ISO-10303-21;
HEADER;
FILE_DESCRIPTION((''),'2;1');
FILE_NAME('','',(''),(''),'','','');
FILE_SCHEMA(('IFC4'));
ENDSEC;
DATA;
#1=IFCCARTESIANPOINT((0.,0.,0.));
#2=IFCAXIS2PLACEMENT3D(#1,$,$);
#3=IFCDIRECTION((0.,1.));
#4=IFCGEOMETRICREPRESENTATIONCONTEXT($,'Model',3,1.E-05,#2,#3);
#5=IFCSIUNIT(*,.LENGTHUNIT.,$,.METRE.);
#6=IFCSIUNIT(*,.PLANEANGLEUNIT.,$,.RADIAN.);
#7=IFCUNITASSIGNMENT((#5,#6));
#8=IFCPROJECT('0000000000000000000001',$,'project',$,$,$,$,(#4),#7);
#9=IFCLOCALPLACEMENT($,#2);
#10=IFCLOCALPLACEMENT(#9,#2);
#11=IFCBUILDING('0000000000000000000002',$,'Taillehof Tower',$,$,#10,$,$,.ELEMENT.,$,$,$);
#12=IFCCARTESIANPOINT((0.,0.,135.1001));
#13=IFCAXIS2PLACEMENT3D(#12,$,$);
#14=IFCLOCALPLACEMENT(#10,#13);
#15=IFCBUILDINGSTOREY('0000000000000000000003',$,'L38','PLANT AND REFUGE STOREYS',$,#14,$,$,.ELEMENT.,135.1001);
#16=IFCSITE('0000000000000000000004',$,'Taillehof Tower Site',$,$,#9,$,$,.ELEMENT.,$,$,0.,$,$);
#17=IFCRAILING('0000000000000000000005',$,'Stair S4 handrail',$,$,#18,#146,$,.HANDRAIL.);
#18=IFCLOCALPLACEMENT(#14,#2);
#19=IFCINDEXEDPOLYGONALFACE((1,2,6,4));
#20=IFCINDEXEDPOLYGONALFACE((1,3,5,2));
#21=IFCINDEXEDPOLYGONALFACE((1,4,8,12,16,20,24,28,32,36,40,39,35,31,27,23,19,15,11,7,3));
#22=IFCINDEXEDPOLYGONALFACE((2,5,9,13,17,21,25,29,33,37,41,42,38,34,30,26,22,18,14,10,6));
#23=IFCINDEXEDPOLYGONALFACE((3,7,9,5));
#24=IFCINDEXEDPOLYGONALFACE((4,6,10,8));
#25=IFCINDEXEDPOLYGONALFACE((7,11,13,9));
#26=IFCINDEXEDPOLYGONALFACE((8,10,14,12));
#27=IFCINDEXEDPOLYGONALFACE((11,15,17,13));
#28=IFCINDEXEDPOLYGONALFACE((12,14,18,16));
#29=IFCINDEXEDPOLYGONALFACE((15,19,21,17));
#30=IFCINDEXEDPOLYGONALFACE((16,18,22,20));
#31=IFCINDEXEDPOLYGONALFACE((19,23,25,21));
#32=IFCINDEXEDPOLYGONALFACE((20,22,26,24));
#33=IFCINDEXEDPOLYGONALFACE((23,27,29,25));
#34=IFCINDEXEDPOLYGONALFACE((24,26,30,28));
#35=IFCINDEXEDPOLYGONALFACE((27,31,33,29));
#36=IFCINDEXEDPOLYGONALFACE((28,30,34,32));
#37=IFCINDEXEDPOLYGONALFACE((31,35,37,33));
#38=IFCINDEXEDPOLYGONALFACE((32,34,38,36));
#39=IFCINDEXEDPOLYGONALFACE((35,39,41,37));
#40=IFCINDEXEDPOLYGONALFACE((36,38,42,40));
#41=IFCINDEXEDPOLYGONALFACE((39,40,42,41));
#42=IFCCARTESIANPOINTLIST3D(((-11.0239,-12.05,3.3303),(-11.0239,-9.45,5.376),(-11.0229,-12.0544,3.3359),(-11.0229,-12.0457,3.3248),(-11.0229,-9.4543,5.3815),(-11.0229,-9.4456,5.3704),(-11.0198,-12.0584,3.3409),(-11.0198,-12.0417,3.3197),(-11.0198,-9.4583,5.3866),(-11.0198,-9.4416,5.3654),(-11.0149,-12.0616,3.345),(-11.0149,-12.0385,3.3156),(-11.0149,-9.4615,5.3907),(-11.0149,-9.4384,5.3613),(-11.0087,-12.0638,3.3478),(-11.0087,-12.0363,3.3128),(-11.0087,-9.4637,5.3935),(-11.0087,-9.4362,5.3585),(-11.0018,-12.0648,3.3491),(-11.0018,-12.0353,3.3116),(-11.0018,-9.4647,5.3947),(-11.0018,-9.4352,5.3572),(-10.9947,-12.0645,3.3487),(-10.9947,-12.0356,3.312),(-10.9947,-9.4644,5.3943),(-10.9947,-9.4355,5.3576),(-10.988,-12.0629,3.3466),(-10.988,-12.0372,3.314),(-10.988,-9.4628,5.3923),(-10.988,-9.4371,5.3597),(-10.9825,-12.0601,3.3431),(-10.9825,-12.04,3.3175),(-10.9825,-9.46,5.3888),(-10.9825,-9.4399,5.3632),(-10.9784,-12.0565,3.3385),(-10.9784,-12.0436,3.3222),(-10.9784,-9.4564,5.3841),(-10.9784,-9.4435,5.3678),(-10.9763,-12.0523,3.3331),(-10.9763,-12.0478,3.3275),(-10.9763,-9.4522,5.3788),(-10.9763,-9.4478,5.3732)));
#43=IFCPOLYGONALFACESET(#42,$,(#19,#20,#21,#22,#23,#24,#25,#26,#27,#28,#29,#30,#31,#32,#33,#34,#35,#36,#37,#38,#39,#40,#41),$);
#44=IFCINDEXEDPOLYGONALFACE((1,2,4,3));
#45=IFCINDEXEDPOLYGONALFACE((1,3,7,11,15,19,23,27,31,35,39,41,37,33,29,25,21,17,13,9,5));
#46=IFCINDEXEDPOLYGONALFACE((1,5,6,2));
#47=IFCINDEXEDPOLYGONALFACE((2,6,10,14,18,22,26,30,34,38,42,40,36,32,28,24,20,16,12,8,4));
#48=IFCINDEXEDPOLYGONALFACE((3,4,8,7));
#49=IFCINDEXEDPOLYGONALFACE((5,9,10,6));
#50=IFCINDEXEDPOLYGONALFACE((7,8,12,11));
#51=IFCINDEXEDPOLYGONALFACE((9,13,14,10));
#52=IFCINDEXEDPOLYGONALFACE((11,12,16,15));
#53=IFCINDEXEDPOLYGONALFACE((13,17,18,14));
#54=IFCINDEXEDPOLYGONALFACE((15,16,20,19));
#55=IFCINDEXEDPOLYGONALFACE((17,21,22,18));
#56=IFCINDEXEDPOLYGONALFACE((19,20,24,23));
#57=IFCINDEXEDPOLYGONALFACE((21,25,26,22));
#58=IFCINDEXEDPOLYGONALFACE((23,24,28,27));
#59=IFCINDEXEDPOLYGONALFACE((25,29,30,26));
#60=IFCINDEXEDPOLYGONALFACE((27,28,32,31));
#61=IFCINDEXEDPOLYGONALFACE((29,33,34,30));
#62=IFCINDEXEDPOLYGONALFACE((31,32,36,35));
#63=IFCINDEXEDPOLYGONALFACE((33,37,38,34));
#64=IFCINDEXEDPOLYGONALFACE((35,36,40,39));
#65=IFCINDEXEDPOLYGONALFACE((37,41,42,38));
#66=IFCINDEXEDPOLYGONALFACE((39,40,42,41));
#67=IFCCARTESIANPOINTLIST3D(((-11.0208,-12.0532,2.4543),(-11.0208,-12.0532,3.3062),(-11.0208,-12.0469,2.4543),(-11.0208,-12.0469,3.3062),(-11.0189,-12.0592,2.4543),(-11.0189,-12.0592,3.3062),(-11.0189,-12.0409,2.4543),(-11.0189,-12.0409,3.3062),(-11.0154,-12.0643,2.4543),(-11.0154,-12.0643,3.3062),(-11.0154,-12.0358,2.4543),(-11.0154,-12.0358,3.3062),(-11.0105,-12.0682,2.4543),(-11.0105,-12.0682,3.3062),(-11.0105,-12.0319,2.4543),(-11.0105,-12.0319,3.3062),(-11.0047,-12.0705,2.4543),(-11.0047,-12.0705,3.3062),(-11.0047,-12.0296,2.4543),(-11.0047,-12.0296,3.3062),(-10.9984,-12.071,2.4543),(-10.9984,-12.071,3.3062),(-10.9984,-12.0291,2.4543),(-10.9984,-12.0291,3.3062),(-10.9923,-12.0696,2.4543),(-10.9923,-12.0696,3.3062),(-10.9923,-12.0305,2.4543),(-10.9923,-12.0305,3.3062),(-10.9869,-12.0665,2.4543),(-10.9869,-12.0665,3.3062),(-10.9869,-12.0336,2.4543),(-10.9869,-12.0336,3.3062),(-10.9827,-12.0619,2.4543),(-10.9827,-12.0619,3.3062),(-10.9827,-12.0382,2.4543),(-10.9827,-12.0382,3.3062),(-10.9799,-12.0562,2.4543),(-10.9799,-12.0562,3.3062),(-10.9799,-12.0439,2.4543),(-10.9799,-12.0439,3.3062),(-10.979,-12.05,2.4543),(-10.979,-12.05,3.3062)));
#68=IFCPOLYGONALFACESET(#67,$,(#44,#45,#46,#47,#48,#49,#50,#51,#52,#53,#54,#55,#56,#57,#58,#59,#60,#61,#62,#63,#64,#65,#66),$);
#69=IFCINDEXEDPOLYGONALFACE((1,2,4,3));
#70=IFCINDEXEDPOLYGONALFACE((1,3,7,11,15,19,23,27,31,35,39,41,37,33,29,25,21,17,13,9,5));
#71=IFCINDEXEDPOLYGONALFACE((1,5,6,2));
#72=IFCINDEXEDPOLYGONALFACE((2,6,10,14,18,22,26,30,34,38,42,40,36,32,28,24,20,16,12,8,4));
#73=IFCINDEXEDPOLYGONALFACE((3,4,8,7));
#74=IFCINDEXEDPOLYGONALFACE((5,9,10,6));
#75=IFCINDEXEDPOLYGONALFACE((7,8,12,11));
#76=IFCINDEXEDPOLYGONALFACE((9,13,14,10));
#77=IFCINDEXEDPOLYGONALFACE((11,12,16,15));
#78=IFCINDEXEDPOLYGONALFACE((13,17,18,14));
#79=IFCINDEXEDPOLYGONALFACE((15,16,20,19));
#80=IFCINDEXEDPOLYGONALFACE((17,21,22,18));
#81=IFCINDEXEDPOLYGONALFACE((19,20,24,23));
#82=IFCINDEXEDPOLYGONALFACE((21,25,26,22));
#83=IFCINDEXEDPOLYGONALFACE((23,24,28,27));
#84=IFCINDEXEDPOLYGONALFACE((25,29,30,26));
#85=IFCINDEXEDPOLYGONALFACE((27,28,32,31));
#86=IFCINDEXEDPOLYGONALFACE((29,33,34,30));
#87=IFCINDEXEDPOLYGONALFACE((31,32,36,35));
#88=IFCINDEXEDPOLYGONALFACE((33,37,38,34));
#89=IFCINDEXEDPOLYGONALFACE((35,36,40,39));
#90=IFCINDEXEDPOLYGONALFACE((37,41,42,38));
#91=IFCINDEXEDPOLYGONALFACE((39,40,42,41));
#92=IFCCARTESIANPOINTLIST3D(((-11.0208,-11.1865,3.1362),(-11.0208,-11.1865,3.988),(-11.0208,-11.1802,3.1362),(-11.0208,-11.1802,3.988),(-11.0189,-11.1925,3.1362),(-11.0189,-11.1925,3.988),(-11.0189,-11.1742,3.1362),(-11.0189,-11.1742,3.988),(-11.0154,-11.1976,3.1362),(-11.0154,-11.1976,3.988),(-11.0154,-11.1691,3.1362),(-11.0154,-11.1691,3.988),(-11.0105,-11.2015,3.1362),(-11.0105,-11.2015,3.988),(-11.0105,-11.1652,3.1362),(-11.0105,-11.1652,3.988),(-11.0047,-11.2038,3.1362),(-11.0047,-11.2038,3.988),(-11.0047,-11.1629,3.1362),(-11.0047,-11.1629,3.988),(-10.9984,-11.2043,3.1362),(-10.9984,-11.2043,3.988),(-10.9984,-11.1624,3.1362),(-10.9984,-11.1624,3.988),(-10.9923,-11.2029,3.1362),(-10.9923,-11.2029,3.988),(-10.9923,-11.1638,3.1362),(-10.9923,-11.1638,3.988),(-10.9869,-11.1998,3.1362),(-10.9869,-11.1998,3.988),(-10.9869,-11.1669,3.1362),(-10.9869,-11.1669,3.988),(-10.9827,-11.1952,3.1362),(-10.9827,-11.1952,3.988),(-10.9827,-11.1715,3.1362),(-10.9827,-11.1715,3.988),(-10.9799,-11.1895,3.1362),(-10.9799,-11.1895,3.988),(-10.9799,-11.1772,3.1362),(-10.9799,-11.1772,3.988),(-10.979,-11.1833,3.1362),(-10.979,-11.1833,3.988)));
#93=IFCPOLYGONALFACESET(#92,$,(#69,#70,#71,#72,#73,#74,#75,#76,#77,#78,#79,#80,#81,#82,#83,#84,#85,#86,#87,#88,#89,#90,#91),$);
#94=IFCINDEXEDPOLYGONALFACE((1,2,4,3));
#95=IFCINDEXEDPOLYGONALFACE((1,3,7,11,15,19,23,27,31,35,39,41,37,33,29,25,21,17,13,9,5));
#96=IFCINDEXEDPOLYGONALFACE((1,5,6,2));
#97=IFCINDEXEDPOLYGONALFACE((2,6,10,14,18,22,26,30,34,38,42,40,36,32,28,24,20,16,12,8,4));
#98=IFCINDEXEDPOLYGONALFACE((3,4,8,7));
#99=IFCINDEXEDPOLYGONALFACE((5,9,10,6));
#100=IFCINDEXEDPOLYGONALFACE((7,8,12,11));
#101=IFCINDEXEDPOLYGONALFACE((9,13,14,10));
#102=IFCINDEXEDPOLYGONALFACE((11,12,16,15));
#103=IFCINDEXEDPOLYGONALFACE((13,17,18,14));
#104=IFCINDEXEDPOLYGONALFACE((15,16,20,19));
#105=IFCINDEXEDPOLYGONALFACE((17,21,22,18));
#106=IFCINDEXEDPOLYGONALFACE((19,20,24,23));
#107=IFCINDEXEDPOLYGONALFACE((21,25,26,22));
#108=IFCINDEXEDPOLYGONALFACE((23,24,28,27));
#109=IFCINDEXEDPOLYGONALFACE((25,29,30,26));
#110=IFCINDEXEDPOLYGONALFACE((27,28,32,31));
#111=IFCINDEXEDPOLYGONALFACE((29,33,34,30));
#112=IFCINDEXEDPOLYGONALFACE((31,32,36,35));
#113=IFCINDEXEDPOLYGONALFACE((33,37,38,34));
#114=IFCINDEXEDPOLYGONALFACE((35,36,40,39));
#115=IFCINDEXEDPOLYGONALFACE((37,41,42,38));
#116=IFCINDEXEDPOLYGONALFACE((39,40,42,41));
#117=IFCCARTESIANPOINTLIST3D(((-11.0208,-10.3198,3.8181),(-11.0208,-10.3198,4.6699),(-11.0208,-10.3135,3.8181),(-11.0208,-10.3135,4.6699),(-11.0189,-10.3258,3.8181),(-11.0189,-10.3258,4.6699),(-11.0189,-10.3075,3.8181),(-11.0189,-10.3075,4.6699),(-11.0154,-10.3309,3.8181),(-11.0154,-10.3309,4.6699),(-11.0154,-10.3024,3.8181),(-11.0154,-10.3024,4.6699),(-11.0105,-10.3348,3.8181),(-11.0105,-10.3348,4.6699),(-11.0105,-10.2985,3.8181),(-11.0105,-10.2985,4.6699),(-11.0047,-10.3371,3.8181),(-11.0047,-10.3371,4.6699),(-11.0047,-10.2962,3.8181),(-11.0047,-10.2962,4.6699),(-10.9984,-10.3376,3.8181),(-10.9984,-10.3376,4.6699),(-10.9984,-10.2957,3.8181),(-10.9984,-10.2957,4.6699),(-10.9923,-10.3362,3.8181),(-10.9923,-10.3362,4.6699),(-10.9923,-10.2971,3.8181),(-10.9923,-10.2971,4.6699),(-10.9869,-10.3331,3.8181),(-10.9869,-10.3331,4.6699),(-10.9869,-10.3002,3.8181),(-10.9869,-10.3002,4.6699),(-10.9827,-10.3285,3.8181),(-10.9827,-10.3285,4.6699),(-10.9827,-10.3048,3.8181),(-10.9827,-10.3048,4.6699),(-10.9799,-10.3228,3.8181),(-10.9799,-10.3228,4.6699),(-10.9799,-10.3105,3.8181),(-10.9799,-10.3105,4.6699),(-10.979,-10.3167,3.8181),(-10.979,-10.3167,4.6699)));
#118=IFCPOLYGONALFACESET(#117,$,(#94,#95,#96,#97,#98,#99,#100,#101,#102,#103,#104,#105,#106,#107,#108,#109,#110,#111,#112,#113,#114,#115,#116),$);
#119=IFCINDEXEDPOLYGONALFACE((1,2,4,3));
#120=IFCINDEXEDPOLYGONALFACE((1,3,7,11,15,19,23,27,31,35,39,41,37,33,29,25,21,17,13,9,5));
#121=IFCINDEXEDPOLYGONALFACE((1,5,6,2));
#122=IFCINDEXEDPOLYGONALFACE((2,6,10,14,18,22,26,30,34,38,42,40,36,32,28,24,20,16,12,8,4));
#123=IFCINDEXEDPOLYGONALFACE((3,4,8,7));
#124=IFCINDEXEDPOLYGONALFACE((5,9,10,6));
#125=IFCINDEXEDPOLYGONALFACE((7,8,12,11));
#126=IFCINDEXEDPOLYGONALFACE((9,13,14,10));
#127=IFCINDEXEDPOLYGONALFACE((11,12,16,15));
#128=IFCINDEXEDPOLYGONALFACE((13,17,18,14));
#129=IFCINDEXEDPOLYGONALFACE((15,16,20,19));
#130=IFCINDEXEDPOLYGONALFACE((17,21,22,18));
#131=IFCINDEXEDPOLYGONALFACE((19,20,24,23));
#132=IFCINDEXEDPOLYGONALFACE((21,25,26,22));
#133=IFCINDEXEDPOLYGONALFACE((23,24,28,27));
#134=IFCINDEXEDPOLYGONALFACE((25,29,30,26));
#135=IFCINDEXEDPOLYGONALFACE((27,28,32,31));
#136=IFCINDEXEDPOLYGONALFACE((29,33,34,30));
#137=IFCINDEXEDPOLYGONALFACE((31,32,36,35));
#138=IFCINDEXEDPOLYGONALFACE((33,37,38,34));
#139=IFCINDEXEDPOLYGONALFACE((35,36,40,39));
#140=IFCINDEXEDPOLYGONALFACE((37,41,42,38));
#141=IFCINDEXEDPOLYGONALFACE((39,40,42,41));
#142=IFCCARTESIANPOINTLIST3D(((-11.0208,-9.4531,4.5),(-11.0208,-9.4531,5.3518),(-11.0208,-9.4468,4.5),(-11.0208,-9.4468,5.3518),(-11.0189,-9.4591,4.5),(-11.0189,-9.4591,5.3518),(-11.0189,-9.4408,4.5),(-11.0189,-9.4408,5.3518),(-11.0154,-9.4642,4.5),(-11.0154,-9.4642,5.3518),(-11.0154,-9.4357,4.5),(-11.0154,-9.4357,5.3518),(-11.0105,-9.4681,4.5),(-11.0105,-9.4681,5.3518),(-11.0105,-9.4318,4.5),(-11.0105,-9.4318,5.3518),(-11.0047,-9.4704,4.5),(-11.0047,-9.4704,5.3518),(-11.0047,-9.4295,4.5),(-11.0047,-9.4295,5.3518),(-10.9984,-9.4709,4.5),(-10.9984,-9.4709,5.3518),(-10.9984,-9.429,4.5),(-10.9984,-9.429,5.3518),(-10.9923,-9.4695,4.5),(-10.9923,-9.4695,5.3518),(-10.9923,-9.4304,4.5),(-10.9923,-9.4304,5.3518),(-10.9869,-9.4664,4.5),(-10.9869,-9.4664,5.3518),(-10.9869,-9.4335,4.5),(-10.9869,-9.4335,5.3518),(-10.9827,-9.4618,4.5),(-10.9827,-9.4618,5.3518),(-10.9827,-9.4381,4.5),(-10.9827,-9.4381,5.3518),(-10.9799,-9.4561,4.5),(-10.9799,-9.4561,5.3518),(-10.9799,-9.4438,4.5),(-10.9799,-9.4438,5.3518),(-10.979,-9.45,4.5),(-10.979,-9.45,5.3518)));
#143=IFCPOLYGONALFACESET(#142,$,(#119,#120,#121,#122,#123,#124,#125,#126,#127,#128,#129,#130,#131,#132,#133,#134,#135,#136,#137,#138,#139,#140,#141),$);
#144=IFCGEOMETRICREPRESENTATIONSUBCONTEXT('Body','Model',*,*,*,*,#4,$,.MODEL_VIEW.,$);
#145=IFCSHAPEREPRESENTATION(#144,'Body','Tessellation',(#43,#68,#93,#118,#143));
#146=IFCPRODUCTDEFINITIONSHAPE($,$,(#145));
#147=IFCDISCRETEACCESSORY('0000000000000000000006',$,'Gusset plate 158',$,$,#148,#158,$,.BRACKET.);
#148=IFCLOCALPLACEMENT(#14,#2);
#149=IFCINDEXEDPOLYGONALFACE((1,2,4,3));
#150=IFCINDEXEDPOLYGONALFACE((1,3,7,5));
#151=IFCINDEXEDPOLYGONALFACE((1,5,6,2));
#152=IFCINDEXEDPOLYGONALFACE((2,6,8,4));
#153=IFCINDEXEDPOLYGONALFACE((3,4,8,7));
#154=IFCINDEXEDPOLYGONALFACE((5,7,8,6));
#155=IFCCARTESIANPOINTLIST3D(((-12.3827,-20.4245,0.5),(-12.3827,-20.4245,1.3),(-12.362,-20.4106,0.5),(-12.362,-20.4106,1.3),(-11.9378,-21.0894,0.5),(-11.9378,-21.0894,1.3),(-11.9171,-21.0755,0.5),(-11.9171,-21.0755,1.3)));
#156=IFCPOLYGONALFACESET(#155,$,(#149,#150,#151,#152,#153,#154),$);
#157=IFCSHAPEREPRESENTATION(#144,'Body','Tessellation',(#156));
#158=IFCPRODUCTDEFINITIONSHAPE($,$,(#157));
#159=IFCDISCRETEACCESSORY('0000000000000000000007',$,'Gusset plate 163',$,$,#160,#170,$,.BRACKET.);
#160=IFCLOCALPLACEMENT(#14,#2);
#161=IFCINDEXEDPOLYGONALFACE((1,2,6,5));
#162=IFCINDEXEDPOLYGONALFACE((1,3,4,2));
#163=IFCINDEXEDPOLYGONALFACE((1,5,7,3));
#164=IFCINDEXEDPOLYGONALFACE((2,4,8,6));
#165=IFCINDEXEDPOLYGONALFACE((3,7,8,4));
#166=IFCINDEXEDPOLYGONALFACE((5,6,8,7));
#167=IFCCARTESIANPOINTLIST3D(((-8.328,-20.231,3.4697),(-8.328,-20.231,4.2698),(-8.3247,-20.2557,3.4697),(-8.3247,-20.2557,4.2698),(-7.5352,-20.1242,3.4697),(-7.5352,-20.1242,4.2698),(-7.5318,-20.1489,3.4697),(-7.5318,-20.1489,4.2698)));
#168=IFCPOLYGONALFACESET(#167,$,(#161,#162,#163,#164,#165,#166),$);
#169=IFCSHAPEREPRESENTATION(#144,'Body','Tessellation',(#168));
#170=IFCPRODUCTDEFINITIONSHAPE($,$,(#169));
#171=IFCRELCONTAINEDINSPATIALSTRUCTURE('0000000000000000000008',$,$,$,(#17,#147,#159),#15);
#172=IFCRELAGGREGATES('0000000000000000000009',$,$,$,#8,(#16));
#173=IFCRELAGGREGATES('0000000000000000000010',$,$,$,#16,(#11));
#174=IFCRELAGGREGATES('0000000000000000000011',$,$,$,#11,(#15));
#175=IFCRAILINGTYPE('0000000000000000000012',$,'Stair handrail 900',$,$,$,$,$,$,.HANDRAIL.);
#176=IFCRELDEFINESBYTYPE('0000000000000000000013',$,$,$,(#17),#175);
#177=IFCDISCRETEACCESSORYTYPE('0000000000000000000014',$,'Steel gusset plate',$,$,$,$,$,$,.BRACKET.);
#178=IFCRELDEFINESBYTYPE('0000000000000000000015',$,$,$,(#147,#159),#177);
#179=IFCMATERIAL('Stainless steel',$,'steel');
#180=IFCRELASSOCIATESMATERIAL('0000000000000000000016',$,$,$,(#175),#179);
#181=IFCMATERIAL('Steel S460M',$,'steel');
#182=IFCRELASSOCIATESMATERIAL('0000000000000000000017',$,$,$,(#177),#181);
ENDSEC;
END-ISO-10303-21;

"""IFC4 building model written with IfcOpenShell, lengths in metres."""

from ifc_helpers import new_model, si_unit, direction, frame, origin, origin_2d, place, context, subcontext, project, spatial, rectangle, circle, extrude, material, type_object, element, save


model = new_model("IFC4")

# Units and contexts
model_context = context("Model", 3, precision=1e-05, world=origin(), true_north=direction((0.0, 1.0)))
body_context = subcontext(model_context, "Body", "Model", "MODEL_VIEW")
ifc_project = project(units=[si_unit("LENGTHUNIT", "METRE"), si_unit("PLANEANGLEUNIT", "RADIAN")], contexts=[model_context])

# Site, building, storey
site_placement = place(None, origin())
site = spatial("IfcSite", under=ifc_project, at=site_placement, Name="Taillehof Tower Site", CompositionType="ELEMENT", RefElevation=0.0)
building_placement = place(site_placement, origin())
building = spatial("IfcBuilding", under=site, at=building_placement, Name="Taillehof Tower", CompositionType="ELEMENT")
storey_placement = place(building_placement, frame((0.0, 0.0, 135.1001)))
storey = spatial("IfcBuildingStorey", under=building, at=storey_placement, Name="L38", Description="PLANT AND REFUGE STOREYS", CompositionType="ELEMENT", Elevation=135.1001)

# Railing
ifc_material_1 = material(Name="Stainless steel", Category="steel")
railing_type = type_object("IfcRailingType", Name="Stair handrail 900", PredefinedType="HANDRAIL", material=ifc_material_1)
railing_placement = place(storey_placement, frame((-11.0, -12.05, 2.4543)))
element("IfcRailing", 1, at=railing_placement, inside=storey, type_object=railing_type, Name="Stair S4 handrail", PredefinedType="HANDRAIL", context=body_context, shape_type="SweptSolid", body=[
    extrude(circle(Radius=0.0239, at=origin_2d()), frame((0.0, 0.0, 0.876), z_axis=(0.0, 0.785919, 0.61833), x_axis=(-1.0, 0.0, 0.0)), (0.0, 0.0, 1.0), 3.3083),
    extrude(circle(Radius=0.021, at=origin_2d()), origin(), (0.0, 0.0, 1.0), 0.8518),
    extrude(circle(Radius=0.021, at=origin_2d()), frame((0.0, 0.8667, 0.6819)), (0.0, 0.0, 1.0), 0.8518),
    extrude(circle(Radius=0.021, at=origin_2d()), frame((0.0, 1.7334, 1.3638)), (0.0, 0.0, 1.0), 0.8518),
    extrude(circle(Radius=0.021, at=origin_2d()), frame((0.0, 2.6001, 2.0457)), (0.0, 0.0, 1.0), 0.8518),
])

# Discrete accessories
ifc_material_2 = material(Name="Steel S460M", Category="steel")
discrete_accessory_type = type_object("IfcDiscreteAccessoryType", Name="Steel gusset plate", PredefinedType="BRACKET", material=ifc_material_2)
for number, where, z_axis, x_axis, name in (
    (2, (-12.1499, -20.75, 0.5), (0.0, 0.0, 1.0), (0.556184, -0.831059, 0.0), "Gusset plate 158"),
    (3, (-7.9299, -20.1899, 3.4697), (0.0, 0.0, 1.0), (0.991041, 0.133556, 0.0), "Gusset plate 163"),
):
    element("IfcDiscreteAccessory", number, at=place(storey_placement, frame(where, z_axis=z_axis, x_axis=x_axis)), inside=storey, type_object=discrete_accessory_type, Name=name, PredefinedType="BRACKET", context=body_context, shape_type="SweptSolid", body=[
        extrude(rectangle(XDim=0.8, YDim=0.0249, at=origin_2d()), origin(), (0.0, 0.0, 1.0), 0.8),
    ])

save(model, "model.ifc")
